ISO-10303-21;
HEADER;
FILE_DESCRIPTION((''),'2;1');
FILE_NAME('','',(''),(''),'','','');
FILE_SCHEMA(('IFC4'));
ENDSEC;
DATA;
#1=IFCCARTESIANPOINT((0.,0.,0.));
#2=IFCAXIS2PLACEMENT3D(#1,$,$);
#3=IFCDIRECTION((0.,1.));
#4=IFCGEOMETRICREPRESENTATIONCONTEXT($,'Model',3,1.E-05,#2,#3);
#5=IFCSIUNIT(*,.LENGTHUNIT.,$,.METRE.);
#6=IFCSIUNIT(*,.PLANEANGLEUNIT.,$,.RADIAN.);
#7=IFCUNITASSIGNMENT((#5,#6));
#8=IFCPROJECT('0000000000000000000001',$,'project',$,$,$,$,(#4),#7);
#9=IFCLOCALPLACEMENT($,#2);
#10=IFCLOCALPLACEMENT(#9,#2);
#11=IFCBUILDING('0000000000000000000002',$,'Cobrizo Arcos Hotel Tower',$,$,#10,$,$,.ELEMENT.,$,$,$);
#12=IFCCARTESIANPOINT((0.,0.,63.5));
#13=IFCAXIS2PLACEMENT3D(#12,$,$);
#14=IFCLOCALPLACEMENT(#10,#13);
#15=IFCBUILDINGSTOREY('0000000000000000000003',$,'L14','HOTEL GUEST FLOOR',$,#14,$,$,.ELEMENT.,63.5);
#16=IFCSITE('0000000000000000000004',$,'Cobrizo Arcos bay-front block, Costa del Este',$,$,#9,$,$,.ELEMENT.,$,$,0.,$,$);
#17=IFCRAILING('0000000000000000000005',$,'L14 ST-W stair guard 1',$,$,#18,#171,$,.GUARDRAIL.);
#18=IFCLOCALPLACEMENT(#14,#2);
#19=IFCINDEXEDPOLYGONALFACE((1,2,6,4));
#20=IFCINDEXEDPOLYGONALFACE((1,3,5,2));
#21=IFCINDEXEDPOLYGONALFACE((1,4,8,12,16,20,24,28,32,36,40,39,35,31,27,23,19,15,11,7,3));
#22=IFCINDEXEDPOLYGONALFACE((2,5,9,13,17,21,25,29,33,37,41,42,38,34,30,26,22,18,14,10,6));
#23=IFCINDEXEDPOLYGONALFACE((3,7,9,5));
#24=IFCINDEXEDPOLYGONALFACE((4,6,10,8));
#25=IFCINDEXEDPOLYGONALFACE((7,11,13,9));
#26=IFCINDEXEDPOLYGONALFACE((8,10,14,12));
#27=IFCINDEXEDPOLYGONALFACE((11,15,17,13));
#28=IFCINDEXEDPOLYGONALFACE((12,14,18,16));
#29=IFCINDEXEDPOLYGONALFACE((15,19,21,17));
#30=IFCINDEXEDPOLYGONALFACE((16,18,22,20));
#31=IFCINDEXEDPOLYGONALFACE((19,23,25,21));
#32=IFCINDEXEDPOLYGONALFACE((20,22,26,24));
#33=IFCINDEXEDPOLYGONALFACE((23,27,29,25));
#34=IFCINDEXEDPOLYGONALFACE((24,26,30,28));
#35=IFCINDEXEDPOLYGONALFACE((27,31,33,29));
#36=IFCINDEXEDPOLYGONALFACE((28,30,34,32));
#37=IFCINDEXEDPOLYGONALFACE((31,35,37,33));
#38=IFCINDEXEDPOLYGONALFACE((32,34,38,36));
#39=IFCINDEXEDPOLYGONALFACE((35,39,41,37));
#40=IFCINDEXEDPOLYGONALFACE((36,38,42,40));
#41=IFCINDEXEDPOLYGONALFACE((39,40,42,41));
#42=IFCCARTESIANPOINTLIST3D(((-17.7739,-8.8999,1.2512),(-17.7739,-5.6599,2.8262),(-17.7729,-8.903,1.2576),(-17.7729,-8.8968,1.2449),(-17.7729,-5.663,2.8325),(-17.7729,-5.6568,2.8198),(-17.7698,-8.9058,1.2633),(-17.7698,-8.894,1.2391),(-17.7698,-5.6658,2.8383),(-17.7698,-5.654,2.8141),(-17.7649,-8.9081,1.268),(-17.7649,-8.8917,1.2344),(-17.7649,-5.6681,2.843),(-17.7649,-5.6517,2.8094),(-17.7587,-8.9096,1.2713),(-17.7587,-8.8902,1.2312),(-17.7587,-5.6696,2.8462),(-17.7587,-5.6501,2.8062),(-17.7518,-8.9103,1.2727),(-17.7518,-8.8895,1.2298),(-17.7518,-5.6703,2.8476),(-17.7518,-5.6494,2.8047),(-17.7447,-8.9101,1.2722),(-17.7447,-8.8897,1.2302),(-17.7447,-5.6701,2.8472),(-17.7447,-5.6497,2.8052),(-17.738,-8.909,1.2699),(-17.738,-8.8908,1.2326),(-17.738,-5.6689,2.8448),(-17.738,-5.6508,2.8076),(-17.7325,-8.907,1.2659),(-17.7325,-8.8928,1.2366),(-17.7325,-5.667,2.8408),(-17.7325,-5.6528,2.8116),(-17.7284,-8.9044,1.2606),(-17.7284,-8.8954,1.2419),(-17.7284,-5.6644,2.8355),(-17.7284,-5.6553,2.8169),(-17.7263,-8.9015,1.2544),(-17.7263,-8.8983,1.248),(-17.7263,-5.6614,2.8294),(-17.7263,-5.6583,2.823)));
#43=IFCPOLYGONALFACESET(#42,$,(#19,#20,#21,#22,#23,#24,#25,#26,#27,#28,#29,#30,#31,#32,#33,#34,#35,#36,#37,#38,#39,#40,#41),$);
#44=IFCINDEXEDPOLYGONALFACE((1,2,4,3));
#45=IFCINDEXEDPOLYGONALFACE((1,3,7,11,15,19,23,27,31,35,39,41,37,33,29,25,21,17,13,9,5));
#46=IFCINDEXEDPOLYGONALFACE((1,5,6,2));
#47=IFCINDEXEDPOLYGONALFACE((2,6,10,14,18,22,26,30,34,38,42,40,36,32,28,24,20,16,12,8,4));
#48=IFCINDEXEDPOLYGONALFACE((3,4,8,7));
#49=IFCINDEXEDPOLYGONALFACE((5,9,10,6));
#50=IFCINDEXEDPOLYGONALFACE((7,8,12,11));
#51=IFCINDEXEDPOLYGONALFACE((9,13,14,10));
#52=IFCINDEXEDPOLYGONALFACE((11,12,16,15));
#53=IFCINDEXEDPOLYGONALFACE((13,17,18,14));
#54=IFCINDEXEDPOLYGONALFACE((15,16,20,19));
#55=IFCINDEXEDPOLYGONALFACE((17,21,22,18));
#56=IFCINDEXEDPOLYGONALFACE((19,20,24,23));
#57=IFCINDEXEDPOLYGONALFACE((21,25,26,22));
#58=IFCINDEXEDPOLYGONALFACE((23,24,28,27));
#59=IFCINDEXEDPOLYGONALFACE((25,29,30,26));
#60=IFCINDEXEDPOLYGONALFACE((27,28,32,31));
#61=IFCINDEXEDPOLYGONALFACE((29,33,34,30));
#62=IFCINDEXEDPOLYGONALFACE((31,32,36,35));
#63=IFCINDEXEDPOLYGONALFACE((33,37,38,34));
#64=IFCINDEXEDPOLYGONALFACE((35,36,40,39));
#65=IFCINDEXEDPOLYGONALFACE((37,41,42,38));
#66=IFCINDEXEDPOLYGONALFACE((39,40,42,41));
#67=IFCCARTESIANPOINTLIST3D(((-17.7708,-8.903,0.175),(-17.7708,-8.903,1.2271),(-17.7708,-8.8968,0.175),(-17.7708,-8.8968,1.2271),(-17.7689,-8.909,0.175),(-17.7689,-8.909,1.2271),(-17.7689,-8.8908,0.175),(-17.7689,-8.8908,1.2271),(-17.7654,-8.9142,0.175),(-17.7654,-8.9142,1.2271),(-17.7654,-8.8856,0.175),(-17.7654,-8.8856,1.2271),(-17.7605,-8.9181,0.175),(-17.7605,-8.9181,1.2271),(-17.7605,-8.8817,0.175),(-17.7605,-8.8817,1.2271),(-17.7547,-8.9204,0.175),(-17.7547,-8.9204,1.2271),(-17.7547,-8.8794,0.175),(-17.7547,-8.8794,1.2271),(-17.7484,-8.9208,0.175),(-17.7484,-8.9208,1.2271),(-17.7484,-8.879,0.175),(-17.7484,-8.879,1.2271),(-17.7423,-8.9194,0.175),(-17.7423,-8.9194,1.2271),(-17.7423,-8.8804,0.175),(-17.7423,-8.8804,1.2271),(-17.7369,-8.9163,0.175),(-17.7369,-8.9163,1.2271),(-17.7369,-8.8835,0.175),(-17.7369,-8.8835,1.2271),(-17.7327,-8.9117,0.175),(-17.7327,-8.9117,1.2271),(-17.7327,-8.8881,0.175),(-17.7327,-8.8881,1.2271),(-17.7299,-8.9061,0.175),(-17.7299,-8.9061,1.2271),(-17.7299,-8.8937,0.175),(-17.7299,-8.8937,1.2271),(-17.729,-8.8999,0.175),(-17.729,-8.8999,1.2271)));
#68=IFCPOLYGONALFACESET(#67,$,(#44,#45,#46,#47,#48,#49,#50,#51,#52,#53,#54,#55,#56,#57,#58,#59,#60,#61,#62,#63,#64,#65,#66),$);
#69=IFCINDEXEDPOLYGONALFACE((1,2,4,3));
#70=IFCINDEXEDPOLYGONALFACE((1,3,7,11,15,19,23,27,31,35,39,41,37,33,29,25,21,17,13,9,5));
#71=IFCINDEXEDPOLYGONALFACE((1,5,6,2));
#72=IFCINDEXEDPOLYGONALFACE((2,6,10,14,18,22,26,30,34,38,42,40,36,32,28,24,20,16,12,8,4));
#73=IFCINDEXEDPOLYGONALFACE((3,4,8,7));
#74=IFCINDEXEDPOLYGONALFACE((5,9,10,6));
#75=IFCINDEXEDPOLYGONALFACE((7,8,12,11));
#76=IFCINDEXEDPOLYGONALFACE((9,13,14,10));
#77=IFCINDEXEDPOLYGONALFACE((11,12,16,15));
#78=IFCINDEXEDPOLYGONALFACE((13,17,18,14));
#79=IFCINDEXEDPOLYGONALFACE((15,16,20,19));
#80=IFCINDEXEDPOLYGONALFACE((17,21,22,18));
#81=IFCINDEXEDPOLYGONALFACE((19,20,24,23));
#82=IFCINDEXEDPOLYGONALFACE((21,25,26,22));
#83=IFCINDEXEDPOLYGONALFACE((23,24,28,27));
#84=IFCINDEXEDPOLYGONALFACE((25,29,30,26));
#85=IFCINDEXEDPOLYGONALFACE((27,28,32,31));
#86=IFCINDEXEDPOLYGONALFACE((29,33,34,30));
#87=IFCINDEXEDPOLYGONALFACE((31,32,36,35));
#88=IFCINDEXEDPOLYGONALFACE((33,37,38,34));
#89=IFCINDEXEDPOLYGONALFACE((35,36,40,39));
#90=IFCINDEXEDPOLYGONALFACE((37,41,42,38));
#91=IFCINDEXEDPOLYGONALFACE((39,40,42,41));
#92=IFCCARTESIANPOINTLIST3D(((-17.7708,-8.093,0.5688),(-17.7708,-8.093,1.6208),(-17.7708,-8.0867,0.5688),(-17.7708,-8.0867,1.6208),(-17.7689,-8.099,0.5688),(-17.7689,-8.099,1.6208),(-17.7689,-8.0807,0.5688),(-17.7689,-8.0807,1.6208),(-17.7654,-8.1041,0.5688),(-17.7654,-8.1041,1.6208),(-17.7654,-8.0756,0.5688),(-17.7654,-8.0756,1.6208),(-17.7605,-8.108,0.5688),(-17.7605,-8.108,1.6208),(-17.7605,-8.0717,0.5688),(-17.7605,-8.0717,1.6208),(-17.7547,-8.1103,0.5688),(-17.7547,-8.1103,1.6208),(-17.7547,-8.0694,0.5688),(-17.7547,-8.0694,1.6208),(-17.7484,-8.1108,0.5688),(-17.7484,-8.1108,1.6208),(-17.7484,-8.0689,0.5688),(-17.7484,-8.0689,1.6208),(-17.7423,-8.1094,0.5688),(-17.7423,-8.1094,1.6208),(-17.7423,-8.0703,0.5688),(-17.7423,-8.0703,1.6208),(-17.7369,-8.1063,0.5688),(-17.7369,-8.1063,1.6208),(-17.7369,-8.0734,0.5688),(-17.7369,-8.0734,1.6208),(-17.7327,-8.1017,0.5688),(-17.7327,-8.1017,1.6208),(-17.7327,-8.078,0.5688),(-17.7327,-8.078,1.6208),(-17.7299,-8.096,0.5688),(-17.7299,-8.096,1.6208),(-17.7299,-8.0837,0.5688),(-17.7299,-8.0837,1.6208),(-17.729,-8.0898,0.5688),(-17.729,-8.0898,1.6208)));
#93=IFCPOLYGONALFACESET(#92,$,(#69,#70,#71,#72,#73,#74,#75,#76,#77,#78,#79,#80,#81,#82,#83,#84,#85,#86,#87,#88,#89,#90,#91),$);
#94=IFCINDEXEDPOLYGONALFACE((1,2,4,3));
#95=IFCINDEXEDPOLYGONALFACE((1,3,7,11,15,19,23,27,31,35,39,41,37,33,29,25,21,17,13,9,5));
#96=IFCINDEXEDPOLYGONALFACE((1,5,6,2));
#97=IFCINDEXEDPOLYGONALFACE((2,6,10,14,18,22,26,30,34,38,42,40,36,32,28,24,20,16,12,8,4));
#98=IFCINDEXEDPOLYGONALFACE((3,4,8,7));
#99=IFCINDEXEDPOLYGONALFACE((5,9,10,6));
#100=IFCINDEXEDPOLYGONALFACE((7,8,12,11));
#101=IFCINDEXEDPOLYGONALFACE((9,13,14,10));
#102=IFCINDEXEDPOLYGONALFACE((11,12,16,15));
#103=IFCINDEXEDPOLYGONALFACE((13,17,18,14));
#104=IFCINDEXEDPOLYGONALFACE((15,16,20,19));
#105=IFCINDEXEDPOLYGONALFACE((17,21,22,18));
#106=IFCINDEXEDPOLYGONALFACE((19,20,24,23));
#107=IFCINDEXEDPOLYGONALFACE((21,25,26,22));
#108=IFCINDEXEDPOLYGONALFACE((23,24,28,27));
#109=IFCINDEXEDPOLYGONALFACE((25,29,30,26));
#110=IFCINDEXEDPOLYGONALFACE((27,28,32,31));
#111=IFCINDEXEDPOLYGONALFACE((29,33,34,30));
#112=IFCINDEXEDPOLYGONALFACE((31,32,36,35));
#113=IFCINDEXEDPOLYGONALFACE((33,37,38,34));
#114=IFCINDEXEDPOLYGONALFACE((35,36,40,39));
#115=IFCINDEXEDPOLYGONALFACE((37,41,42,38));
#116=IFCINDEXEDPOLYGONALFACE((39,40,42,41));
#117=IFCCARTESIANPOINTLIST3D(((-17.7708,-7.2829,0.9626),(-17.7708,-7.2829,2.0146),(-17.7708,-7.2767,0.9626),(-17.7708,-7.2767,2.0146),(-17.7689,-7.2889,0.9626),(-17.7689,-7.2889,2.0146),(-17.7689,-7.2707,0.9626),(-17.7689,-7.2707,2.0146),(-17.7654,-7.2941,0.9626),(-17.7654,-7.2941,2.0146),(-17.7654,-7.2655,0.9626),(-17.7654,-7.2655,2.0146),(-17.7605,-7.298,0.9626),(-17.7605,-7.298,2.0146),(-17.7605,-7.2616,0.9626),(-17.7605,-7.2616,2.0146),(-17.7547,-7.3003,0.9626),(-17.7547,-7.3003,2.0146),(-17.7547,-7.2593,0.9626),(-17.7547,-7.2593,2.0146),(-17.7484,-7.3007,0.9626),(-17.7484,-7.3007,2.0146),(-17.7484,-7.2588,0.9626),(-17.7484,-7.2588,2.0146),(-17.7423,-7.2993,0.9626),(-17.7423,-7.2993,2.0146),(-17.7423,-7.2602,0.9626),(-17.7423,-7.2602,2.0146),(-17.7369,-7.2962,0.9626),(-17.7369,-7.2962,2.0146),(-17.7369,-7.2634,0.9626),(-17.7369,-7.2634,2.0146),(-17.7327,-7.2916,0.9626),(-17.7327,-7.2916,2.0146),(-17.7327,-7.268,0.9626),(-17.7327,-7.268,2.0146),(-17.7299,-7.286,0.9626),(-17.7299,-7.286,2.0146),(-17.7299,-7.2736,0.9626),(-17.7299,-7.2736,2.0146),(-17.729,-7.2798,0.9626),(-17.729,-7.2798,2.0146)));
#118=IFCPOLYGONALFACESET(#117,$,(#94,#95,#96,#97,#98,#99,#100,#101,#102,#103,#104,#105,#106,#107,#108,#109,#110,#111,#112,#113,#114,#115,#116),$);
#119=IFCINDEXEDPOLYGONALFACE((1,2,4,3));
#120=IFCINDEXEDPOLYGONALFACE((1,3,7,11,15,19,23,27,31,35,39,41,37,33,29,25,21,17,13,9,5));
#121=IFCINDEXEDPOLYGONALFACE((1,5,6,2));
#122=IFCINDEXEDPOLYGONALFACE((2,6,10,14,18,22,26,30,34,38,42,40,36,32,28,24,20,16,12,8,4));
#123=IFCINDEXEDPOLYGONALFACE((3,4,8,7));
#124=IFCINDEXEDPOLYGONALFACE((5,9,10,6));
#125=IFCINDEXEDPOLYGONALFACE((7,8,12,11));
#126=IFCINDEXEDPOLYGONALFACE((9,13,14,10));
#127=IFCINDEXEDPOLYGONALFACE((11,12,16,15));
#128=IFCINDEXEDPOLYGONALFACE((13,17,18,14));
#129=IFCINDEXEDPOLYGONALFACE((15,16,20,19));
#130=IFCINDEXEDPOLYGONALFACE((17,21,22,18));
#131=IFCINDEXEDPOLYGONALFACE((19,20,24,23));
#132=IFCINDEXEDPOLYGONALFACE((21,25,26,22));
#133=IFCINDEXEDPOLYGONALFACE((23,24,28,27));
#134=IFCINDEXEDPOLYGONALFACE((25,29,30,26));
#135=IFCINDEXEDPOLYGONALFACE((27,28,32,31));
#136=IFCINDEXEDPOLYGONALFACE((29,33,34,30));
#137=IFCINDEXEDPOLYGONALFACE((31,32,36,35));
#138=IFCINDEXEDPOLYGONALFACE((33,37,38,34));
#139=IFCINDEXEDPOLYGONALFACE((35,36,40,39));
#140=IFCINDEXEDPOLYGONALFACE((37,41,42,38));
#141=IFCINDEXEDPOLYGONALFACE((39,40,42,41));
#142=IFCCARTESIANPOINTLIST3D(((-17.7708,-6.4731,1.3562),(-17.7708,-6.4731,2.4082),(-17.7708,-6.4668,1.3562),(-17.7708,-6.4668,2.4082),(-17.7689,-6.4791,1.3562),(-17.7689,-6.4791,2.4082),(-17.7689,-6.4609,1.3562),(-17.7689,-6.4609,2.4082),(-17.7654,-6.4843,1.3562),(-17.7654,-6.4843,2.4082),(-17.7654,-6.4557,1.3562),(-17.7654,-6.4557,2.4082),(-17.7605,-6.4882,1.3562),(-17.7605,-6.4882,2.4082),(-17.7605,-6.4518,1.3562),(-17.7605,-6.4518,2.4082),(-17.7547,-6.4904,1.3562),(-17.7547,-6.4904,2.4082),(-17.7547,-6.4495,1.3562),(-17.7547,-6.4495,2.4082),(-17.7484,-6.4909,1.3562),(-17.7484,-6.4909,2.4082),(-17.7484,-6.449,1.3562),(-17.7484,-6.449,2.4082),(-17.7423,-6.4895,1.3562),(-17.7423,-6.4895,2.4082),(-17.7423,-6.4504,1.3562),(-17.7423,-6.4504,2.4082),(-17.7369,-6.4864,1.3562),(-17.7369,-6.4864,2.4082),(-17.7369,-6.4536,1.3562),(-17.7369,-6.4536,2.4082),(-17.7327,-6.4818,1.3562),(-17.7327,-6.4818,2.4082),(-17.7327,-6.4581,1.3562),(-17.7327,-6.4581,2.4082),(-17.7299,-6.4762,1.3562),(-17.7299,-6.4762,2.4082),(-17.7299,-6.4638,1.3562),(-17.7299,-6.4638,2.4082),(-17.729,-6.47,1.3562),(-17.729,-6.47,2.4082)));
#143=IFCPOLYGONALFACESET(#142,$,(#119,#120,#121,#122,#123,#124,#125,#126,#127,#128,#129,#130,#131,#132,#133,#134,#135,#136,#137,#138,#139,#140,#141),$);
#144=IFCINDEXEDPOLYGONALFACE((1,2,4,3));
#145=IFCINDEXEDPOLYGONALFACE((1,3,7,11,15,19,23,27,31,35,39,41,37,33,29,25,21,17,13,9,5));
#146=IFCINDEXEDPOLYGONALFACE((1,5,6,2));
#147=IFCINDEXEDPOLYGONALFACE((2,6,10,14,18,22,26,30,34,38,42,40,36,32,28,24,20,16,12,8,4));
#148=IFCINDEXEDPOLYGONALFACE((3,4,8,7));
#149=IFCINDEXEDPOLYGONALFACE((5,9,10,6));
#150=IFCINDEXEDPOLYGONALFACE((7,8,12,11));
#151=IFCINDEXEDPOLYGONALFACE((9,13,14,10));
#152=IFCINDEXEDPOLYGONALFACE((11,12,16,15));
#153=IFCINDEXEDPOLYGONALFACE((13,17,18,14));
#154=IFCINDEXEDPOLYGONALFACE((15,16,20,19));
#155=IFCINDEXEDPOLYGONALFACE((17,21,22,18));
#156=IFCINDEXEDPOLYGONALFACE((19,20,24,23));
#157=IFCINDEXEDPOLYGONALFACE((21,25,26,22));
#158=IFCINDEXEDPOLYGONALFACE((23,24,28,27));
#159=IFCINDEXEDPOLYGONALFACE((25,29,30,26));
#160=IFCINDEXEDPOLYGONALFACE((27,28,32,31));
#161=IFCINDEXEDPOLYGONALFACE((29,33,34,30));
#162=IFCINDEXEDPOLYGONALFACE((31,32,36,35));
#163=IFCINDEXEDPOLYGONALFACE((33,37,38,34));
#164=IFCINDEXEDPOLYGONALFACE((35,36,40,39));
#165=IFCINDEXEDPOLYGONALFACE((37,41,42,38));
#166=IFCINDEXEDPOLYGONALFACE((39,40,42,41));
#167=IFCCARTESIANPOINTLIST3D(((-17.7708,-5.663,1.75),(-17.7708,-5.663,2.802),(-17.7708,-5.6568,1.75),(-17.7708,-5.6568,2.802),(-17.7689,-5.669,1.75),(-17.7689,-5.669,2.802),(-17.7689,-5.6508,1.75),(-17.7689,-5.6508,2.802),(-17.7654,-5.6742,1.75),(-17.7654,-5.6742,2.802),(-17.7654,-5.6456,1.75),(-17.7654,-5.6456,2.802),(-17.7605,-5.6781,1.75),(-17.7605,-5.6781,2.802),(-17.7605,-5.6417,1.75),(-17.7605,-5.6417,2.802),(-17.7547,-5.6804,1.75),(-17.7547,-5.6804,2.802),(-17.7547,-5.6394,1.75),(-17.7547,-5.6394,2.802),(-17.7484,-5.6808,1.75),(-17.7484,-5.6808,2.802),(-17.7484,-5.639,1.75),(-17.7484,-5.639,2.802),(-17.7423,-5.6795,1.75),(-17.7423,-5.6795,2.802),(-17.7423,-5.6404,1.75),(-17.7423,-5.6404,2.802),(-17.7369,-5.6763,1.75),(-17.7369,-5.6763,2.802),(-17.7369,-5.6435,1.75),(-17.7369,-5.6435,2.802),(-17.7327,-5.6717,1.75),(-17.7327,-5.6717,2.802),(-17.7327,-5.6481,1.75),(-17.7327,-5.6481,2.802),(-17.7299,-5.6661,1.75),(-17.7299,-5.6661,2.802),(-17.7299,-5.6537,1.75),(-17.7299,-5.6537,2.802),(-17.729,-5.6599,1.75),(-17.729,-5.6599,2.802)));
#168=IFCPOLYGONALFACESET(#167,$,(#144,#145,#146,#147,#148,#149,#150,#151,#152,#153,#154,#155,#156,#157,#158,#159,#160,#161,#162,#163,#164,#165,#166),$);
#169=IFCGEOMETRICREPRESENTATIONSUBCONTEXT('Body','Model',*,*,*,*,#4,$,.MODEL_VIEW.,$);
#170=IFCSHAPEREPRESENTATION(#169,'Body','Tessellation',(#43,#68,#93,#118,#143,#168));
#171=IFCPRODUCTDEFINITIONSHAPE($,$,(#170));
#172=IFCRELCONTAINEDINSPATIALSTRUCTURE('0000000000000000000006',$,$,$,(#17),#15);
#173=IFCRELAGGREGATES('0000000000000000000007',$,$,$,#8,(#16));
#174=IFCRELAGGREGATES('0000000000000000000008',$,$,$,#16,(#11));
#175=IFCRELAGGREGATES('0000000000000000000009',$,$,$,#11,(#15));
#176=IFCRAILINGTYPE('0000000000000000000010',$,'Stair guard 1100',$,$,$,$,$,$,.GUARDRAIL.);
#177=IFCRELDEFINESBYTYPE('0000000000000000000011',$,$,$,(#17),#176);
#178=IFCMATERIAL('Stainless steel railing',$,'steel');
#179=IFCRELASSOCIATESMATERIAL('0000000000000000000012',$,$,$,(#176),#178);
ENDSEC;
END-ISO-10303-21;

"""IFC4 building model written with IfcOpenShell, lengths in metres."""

from ifc_helpers import new_model, si_unit, direction, frame, origin, origin_2d, place, context, subcontext, project, spatial, circle, extrude, material, type_object, element, save


model = new_model("IFC4")

# Units and contexts
model_context = context("Model", 3, precision=1e-05, world=origin(), true_north=direction((0.0, 1.0)))
body_context = subcontext(model_context, "Body", "Model", "MODEL_VIEW")
ifc_project = project(units=[si_unit("LENGTHUNIT", "METRE"), si_unit("PLANEANGLEUNIT", "RADIAN")], contexts=[model_context])

# Site, building, storey
site_placement = place(None, origin())
site = spatial("IfcSite", under=ifc_project, at=site_placement, Name="Cobrizo Arcos bay-front block, Costa del Este", CompositionType="ELEMENT", RefElevation=0.0)
building_placement = place(site_placement, origin())
building = spatial("IfcBuilding", under=site, at=building_placement, Name="Cobrizo Arcos Hotel Tower", CompositionType="ELEMENT")
storey_placement = place(building_placement, frame((0.0, 0.0, 63.5)))
storey = spatial("IfcBuildingStorey", under=building, at=storey_placement, Name="L14", Description="HOTEL GUEST FLOOR", CompositionType="ELEMENT", Elevation=63.5)

# Railing
ifc_material_1 = material(Name="Stainless steel railing", Category="steel")
railing_type_1 = type_object("IfcRailingType", Name="Stair guard 1100", PredefinedType="GUARDRAIL", material=ifc_material_1)
railing_1_placement = place(storey_placement, frame((-17.75, -8.8999, 0.175)))
element("IfcRailing", 1, at=railing_1_placement, inside=storey, type_object=railing_type_1, Name="L14 ST-W stair guard 1", PredefinedType="GUARDRAIL", context=body_context, shape_type="SweptSolid", body=[
    extrude(circle(Radius=0.0239, at=origin_2d()), frame((0.0, 0.0, 1.0762), z_axis=(0.0, 0.899373, 0.437183), x_axis=(-1.0, 0.0, 0.0)), (0.0, 0.0, 1.0), 3.6025),
    extrude(circle(Radius=0.021, at=origin_2d()), origin(), (0.0, 0.0, 1.0), 1.052),
    extrude(circle(Radius=0.021, at=origin_2d()), frame((0.0, 0.8101, 0.3938)), (0.0, 0.0, 1.0), 1.052),
    extrude(circle(Radius=0.021, at=origin_2d()), frame((0.0, 1.6201, 0.7876)), (0.0, 0.0, 1.0), 1.052),
    extrude(circle(Radius=0.021, at=origin_2d()), frame((0.0, 2.4299, 1.1812)), (0.0, 0.0, 1.0), 1.052),
    extrude(circle(Radius=0.021, at=origin_2d()), frame((0.0, 3.24, 1.575)), (0.0, 0.0, 1.0), 1.052),
])

save(model, "model.ifc")
